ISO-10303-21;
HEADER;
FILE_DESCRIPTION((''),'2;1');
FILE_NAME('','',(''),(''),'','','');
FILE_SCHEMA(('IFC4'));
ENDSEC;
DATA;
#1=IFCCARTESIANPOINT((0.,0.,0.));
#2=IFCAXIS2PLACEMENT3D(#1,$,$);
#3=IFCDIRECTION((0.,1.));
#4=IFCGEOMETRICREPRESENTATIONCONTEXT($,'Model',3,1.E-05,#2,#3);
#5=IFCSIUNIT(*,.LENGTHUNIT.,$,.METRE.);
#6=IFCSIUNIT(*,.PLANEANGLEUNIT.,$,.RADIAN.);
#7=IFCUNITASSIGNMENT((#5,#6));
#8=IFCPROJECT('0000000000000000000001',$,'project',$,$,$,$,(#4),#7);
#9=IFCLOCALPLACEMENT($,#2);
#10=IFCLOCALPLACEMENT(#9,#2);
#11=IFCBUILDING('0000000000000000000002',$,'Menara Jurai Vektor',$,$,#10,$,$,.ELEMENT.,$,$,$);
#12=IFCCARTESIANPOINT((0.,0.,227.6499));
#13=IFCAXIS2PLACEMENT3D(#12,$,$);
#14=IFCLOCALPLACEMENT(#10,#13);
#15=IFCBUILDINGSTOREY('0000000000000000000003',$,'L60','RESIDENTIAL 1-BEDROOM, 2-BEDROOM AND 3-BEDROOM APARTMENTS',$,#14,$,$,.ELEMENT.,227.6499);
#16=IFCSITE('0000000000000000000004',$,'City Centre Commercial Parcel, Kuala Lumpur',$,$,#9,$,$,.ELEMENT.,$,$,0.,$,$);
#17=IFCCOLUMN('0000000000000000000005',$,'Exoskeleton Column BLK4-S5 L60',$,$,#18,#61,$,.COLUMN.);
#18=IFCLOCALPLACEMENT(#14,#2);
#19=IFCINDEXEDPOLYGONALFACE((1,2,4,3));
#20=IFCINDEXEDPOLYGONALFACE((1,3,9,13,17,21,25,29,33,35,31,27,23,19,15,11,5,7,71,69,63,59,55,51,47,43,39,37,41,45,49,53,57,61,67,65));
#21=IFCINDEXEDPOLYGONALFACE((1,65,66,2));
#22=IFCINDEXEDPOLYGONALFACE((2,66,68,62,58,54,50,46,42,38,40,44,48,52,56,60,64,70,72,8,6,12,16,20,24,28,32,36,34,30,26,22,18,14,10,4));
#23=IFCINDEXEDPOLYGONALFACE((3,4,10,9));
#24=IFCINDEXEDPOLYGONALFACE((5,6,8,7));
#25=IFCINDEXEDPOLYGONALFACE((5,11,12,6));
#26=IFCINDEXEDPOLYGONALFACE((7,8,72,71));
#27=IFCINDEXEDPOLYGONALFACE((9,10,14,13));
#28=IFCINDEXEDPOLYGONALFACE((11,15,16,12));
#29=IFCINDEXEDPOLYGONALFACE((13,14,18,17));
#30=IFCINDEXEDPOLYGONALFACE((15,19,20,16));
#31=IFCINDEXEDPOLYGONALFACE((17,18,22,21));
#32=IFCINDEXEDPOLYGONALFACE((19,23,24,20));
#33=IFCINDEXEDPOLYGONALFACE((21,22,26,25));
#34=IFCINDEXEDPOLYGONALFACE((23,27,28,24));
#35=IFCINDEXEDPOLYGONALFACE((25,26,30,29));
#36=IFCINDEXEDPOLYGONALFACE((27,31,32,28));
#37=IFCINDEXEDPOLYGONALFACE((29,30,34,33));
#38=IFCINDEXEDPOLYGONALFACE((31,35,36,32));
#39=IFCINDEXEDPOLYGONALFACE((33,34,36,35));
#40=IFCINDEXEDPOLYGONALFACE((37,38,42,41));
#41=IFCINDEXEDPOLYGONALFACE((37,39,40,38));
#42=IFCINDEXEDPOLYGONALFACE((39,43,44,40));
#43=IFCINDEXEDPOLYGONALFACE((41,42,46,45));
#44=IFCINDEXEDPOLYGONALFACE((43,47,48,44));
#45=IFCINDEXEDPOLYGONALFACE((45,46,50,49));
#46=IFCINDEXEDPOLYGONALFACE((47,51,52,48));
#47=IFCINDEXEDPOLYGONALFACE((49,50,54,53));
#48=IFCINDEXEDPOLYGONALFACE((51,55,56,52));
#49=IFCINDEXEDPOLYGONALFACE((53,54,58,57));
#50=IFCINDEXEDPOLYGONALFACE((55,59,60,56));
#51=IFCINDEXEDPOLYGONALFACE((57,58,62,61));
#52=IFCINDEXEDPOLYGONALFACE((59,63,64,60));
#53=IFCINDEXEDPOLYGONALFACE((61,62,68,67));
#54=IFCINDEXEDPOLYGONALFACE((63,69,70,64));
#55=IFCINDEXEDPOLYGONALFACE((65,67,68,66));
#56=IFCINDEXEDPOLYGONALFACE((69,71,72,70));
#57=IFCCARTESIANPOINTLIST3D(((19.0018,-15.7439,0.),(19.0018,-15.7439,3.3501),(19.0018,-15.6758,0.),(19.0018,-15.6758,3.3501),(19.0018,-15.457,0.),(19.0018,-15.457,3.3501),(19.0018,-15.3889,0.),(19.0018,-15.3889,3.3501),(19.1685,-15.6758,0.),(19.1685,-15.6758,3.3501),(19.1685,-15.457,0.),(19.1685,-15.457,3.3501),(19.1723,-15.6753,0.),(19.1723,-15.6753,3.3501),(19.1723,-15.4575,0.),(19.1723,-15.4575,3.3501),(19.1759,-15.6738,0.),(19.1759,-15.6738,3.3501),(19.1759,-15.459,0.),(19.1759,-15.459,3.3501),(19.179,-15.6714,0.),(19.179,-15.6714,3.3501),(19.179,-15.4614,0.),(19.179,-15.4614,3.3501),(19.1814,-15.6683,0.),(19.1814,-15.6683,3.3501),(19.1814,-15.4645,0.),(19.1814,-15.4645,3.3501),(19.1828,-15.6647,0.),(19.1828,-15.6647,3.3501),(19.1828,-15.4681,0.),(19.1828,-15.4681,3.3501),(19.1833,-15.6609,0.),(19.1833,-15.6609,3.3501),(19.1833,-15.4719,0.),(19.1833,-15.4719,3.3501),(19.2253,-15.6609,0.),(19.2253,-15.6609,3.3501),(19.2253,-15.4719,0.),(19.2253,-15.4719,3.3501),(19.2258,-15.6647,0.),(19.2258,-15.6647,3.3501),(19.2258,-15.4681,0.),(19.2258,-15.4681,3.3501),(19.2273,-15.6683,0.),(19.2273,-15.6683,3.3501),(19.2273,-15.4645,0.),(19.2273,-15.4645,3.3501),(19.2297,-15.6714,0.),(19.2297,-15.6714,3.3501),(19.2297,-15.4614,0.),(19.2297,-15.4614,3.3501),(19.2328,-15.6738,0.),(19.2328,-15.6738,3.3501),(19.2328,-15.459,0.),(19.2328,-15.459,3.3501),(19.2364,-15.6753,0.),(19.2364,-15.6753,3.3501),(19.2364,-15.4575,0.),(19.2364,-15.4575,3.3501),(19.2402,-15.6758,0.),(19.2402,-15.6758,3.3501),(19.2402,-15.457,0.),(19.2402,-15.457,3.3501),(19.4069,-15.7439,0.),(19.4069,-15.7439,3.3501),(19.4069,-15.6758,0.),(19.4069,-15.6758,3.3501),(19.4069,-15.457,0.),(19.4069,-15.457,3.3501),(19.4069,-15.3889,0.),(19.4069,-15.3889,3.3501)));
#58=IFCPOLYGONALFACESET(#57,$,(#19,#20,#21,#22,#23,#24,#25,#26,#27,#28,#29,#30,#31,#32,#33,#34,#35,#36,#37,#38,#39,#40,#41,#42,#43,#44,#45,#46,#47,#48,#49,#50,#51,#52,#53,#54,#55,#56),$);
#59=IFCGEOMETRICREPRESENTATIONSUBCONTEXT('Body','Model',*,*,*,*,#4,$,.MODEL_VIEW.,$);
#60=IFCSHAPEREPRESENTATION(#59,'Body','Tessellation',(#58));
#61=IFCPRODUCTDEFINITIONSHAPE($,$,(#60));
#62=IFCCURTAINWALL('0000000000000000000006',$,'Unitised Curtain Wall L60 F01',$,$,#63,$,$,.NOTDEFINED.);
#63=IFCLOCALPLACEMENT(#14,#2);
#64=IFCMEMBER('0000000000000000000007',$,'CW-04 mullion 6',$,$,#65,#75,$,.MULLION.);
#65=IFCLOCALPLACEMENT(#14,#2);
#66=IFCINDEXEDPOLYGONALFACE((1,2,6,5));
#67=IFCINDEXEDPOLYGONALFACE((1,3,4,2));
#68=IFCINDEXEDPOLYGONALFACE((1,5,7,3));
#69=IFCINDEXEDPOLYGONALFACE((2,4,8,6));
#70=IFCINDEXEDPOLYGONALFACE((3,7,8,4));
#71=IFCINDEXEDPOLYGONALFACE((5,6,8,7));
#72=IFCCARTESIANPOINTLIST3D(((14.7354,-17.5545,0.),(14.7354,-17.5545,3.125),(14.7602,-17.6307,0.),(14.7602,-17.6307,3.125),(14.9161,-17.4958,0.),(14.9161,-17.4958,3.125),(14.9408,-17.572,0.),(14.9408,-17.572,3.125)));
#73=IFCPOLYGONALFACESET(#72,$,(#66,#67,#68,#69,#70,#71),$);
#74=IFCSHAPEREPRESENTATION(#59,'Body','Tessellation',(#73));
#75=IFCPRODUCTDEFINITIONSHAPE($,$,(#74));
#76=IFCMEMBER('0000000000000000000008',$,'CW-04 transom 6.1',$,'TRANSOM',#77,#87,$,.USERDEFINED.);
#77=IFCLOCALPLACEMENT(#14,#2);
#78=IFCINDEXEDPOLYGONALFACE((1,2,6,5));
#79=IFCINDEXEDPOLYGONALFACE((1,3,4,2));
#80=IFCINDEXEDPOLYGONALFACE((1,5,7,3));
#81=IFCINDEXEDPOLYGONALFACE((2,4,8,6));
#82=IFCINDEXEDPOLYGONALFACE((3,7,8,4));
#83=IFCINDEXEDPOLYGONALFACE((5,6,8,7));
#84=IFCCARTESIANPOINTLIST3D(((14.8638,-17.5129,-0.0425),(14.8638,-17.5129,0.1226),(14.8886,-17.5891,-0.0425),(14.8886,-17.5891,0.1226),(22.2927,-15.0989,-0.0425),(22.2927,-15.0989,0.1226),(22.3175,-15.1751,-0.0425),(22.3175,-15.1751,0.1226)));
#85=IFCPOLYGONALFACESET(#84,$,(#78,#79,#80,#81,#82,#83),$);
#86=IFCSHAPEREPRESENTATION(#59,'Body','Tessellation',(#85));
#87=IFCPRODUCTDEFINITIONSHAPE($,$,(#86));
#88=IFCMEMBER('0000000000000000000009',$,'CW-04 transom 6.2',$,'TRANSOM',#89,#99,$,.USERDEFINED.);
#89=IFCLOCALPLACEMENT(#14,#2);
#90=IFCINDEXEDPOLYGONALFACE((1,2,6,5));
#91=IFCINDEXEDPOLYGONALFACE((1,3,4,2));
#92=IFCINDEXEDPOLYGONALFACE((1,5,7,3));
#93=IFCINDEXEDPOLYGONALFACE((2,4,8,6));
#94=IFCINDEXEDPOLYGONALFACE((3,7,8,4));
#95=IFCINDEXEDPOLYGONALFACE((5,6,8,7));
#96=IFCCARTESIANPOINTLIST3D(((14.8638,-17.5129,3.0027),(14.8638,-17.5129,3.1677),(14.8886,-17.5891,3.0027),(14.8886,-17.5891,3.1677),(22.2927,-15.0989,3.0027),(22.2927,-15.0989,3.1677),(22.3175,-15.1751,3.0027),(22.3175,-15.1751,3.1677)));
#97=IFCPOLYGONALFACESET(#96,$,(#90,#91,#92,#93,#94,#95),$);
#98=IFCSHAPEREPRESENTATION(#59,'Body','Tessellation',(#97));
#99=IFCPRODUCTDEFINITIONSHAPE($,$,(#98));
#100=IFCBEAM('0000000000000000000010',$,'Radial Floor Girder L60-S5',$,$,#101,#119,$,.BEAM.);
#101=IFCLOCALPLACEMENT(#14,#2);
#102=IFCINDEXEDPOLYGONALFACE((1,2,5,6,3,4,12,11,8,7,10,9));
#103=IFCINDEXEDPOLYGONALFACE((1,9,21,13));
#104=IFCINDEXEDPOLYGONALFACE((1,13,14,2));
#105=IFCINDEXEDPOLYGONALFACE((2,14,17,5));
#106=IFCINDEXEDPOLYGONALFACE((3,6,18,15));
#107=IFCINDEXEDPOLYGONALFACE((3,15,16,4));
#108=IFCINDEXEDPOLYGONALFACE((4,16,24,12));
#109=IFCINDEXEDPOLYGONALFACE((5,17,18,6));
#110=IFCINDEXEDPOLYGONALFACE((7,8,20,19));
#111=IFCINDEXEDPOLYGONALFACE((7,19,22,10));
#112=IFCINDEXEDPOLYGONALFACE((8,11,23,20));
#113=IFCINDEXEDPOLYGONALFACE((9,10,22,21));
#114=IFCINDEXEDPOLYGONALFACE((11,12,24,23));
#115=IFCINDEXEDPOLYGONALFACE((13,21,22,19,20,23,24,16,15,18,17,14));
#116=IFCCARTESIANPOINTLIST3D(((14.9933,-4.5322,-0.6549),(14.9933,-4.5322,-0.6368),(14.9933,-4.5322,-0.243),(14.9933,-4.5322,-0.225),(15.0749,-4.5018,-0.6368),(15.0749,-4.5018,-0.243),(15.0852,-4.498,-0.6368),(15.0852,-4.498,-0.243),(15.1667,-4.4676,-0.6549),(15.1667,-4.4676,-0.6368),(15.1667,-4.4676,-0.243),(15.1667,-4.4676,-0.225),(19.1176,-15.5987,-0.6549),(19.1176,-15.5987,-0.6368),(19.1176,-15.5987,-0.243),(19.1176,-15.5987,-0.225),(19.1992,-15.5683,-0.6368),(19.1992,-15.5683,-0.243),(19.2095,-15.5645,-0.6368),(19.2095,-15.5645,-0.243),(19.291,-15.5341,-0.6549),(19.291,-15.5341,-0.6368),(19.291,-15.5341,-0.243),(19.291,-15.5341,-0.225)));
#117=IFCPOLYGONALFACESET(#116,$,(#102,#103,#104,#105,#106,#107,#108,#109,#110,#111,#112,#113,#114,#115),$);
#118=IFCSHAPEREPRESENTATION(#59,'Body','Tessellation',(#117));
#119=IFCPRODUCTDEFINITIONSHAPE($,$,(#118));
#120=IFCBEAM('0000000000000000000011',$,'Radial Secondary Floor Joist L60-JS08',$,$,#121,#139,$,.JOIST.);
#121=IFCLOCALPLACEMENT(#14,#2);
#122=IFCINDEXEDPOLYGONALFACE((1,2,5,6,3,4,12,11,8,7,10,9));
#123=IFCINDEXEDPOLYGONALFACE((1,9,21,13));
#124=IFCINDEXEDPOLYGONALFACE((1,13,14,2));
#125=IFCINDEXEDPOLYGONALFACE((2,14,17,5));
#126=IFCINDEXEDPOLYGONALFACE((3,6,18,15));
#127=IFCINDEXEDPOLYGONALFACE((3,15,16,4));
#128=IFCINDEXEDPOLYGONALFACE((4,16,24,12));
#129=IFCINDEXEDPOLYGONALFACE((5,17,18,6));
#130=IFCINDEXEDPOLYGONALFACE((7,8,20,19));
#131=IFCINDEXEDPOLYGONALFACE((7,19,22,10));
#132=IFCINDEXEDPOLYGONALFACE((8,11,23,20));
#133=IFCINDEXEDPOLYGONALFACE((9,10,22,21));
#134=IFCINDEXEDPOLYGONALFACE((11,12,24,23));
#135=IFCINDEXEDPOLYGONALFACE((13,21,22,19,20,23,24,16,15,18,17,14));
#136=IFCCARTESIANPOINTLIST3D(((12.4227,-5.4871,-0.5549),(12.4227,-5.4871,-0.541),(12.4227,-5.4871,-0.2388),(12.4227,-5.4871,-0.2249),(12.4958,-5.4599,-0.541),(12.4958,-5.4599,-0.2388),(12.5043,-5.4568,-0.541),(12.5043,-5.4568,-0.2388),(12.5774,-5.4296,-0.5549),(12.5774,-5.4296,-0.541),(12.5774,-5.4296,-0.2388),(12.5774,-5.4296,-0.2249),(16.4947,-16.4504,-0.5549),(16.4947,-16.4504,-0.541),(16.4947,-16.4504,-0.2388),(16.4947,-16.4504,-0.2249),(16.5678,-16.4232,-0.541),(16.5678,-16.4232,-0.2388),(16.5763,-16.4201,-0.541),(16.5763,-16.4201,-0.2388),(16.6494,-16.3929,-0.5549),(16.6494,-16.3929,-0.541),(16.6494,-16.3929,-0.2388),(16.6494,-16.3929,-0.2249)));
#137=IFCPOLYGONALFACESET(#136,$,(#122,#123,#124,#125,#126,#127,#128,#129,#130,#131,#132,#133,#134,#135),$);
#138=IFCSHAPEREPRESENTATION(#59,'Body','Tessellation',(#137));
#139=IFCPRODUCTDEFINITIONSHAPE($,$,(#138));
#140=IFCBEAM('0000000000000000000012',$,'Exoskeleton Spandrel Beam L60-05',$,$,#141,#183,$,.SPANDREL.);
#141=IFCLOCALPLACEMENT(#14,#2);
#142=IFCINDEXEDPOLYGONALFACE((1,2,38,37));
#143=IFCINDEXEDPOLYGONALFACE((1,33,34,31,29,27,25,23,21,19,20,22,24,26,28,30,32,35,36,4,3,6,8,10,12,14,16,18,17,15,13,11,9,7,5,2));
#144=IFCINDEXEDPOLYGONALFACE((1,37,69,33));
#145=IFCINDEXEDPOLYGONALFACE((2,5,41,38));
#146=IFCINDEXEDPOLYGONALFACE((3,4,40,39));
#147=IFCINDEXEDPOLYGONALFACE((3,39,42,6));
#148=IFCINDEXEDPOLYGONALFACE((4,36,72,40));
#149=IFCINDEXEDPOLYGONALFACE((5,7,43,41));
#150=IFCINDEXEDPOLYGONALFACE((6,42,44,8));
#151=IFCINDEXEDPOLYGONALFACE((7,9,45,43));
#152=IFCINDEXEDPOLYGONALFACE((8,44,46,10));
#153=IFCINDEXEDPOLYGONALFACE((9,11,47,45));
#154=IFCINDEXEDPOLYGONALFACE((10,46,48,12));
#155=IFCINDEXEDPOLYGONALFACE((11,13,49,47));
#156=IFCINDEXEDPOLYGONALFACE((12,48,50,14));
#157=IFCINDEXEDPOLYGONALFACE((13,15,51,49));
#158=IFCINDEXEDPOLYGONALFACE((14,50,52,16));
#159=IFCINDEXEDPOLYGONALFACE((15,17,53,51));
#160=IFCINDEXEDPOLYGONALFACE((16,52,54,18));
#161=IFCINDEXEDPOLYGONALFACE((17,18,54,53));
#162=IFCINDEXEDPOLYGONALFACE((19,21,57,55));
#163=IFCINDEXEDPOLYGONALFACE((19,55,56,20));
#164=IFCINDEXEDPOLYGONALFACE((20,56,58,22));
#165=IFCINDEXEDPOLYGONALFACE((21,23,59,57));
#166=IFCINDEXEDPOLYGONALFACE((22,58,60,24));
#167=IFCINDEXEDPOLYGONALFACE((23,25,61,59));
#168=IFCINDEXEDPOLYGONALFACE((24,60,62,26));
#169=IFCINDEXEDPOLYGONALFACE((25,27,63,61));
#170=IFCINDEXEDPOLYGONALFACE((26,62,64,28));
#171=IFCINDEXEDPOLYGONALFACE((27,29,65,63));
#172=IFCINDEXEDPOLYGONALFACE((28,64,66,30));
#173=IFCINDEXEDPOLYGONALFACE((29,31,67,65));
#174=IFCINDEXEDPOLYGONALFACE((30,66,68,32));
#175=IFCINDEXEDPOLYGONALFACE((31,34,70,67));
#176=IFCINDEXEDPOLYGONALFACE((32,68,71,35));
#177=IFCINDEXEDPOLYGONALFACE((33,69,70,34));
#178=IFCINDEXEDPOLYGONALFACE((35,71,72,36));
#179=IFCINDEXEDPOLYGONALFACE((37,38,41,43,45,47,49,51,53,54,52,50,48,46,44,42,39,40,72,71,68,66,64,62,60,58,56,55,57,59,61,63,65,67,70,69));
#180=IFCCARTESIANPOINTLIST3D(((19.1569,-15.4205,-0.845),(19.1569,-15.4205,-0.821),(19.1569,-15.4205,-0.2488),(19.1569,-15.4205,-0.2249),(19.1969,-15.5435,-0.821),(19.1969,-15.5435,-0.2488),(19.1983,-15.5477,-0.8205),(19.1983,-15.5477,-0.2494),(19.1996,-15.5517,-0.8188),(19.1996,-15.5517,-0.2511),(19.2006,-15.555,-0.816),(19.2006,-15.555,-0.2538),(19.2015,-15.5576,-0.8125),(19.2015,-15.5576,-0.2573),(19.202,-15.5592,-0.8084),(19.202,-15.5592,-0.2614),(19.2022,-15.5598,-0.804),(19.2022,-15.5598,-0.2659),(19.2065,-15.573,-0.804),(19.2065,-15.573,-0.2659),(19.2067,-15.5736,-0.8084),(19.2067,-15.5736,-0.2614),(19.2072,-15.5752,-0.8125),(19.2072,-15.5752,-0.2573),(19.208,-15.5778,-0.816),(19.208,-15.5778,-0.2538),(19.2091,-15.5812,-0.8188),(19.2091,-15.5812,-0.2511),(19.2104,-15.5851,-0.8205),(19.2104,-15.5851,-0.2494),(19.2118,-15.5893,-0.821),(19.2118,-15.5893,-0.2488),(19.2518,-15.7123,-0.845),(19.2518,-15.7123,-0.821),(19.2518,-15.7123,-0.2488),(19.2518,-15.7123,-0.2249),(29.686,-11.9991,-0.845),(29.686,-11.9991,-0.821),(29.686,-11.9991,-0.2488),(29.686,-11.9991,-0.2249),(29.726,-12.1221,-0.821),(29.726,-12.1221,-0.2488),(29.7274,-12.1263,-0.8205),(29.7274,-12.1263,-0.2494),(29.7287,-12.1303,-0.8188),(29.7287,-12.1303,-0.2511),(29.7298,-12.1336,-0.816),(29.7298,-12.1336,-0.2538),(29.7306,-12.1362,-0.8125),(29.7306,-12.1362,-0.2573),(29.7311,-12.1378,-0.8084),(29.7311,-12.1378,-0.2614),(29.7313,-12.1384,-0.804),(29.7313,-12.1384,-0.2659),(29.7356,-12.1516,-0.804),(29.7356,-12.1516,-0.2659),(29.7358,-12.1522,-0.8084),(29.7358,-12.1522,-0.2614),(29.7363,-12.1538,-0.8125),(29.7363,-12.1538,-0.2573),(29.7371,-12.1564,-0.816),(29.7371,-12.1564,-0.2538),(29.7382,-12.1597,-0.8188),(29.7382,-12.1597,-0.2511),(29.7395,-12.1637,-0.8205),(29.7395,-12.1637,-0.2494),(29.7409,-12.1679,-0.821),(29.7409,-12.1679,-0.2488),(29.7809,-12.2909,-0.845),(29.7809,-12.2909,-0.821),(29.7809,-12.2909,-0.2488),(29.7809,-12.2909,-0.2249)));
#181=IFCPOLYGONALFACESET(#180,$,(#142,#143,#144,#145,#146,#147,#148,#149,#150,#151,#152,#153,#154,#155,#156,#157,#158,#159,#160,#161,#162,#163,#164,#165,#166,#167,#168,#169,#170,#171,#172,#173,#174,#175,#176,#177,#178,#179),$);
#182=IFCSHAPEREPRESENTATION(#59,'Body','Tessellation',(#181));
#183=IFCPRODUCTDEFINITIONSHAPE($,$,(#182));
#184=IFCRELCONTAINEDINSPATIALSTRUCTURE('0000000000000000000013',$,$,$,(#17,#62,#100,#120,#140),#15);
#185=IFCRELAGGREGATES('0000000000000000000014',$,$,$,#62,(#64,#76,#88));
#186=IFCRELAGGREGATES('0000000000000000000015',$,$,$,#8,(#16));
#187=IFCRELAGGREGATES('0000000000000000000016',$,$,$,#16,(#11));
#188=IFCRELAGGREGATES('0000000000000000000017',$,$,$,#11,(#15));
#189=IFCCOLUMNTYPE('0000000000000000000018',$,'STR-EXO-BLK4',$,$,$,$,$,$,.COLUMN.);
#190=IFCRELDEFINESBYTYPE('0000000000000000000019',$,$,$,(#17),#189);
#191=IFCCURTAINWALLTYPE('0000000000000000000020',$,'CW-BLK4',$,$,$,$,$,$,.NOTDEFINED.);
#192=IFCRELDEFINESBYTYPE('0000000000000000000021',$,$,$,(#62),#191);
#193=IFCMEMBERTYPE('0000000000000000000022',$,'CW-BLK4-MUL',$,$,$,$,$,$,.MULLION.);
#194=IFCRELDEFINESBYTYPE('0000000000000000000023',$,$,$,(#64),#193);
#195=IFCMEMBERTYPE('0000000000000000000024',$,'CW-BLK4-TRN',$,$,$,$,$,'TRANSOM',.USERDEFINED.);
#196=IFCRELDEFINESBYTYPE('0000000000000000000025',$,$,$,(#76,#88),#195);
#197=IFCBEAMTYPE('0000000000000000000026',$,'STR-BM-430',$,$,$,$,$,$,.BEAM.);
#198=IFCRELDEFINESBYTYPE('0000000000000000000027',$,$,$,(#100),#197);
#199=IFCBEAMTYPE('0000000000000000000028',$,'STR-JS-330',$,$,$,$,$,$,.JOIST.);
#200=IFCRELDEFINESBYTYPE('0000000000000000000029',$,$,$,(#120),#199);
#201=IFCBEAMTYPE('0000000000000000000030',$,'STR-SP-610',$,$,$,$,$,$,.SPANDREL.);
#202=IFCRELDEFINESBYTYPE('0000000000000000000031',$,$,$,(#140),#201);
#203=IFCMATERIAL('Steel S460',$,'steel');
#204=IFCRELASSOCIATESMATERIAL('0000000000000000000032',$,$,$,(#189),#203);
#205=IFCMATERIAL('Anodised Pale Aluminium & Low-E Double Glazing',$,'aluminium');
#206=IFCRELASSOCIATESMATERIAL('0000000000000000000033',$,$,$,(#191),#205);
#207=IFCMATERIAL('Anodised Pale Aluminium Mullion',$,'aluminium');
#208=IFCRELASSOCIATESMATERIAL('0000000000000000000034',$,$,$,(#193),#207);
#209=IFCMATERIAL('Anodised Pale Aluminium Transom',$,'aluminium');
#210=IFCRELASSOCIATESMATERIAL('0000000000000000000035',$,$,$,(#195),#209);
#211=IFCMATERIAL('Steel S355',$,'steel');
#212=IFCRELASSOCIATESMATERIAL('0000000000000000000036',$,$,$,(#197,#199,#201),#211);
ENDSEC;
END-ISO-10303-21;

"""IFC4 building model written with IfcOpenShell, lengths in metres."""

from ifc_helpers import new_model, si_unit, direction, frame, origin, origin_2d, place, context, subcontext, project, spatial, rectangle, i_section, extrude, material, material_profile, profile_set, type_object, element, aggregate, save


model = new_model("IFC4")

# Units and contexts
model_context = context("Model", 3, precision=1e-05, world=origin(), true_north=direction((0.0, 1.0)))
body_context = subcontext(model_context, "Body", "Model", "MODEL_VIEW")
ifc_project = project(units=[si_unit("LENGTHUNIT", "METRE"), si_unit("PLANEANGLEUNIT", "RADIAN")], contexts=[model_context])

# Site, building, storey
site_placement = place(None, origin())
site = spatial("IfcSite", under=ifc_project, at=site_placement, Name="City Centre Commercial Parcel, Kuala Lumpur", CompositionType="ELEMENT", RefElevation=0.0)
building_placement = place(site_placement, origin())
building = spatial("IfcBuilding", under=site, at=building_placement, Name="Menara Jurai Vektor", CompositionType="ELEMENT")
storey_placement = place(building_placement, frame((0.0, 0.0, 227.6499)))
storey = spatial("IfcBuildingStorey", under=building, at=storey_placement, Name="L60", Description="RESIDENTIAL 1-BEDROOM, 2-BEDROOM AND 3-BEDROOM APARTMENTS", CompositionType="ELEMENT", Elevation=227.6499)

# Column
ifc_material_1 = material(Name="Steel S460", Category="steel")
ifc_material_profile_1 = material_profile(ifc_material_1, i_section(OverallWidth=0.405, OverallDepth=0.355, WebThickness=0.042, FlangeThickness=0.0681, FilletRadius=0.0149, at=origin_2d()), Name="HD 400x551")
ifc_profile_set_1 = profile_set([ifc_material_profile_1], Name="Steel S460")
column_type = type_object("IfcColumnType", Name="STR-EXO-BLK4", PredefinedType="COLUMN", material=ifc_profile_set_1)
column_placement = place(storey_placement, frame((19.2043, -15.5664, 0.0), z_axis=(0.0, 0.0, 1.0), x_axis=(1.0, 0.0, 0.0)))
element("IfcColumn", 1, at=column_placement, inside=storey, type_object=column_type, Name="Exoskeleton Column BLK4-S5 L60", PredefinedType="COLUMN", context=body_context, shape_type="SweptSolid", body=[
    extrude(i_section(OverallWidth=0.405, OverallDepth=0.355, WebThickness=0.042, FlangeThickness=0.0681, FilletRadius=0.0149, at=origin_2d()), origin(), (0.0, 0.0, 1.0), 3.3501),
])

# Curtain wall, members
ifc_material_2 = material(Name="Anodised Pale Aluminium & Low-E Double Glazing", Category="aluminium")
curtain_wall_type = type_object("IfcCurtainWallType", Name="CW-BLK4", PredefinedType="NOTDEFINED", material=ifc_material_2)
curtain_wall_placement = place(storey_placement, origin())
curtain_wall = element("IfcCurtainWall", 2, at=curtain_wall_placement, inside=storey, type_object=curtain_wall_type, Name="Unitised Curtain Wall L60 F01", PredefinedType="NOTDEFINED")
ifc_material_3 = material(Name="Anodised Pale Aluminium Mullion", Category="aluminium")
ifc_material_profile_2 = material_profile(ifc_material_3, rectangle(XDim=0.0801, YDim=0.1899, at=origin_2d()), Name="ALU MUL 80x190")
ifc_profile_set_2 = profile_set([ifc_material_profile_2], Name="Anodised Pale Aluminium Mullion")
member_type_1 = type_object("IfcMemberType", Name="CW-BLK4-MUL", PredefinedType="MULLION", material=ifc_profile_set_2)
member_1_placement = place(storey_placement, frame((14.8381, -17.5632, 0.0), z_axis=(0.0, 0.0, 1.0), x_axis=(-0.309017, 0.951056, 0.0)))
member_1 = element("IfcMember", 3, at=member_1_placement, type_object=member_type_1, Name="CW-04 mullion 6", PredefinedType="MULLION", context=body_context, shape_type="SweptSolid", body=[
    extrude(rectangle(XDim=0.0801, YDim=0.1899, at=origin_2d()), origin(), (0.0, 0.0, 1.0), 3.125),
])
ifc_material_4 = material(Name="Anodised Pale Aluminium Transom", Category="aluminium")
ifc_material_profile_3 = material_profile(ifc_material_4, rectangle(XDim=0.0801, YDim=0.165, at=origin_2d()), Name="ALU TRN 80x165")
ifc_profile_set_3 = profile_set([ifc_material_profile_3], Name="Anodised Pale Aluminium Transom")
member_type_2 = type_object("IfcMemberType", Name="CW-BLK4-TRN", ElementType="TRANSOM", PredefinedType="USERDEFINED", material=ifc_profile_set_3)
member_2_placement = place(storey_placement, frame((14.8762, -17.551, 0.04), z_axis=(0.951047, 0.309046, 0.0), x_axis=(-0.309046, 0.951047, 0.0)))
member_2 = element("IfcMember", 4, at=member_2_placement, type_object=member_type_2, Name="CW-04 transom 6.1", ObjectType="TRANSOM", PredefinedType="USERDEFINED", context=body_context, shape_type="SweptSolid", body=[
    extrude(rectangle(XDim=0.0801, YDim=0.165, at=origin_2d()), origin(), (0.0, 0.0, 1.0), 7.8113),
])
member_3_placement = place(storey_placement, frame((14.8762, -17.551, 3.0852), z_axis=(0.951047, 0.309046, 0.0), x_axis=(-0.309046, 0.951047, 0.0)))
member_3 = element("IfcMember", 5, at=member_3_placement, type_object=member_type_2, Name="CW-04 transom 6.2", ObjectType="TRANSOM", PredefinedType="USERDEFINED", context=body_context, shape_type="SweptSolid", body=[
    extrude(rectangle(XDim=0.0801, YDim=0.165, at=origin_2d()), origin(), (0.0, 0.0, 1.0), 7.8113),
])

# Beams
ifc_material_5 = material(Name="Steel S355", Category="steel")
ifc_material_profile_4 = material_profile(ifc_material_5, i_section(OverallWidth=0.1851, OverallDepth=0.4299, WebThickness=0.011, FlangeThickness=0.0181, at=origin_2d()), Name="PG 430x185x76")
ifc_profile_set_4 = profile_set([ifc_material_profile_4], Name="Steel S355")
beam_type_1 = type_object("IfcBeamType", Name="STR-BM-430", PredefinedType="BEAM", material=ifc_profile_set_4)
beam_1_placement = place(storey_placement, frame((19.2043, -15.5664, -0.4399), z_axis=(-0.34922, 0.937041, 0.0), x_axis=(-0.937041, -0.34922, 0.0)))
element("IfcBeam", 6, at=beam_1_placement, inside=storey, type_object=beam_type_1, Name="Radial Floor Girder L60-S5", PredefinedType="BEAM", context=body_context, shape_type="SweptSolid", body=[
    extrude(i_section(OverallWidth=0.1851, OverallDepth=0.4299, WebThickness=0.011, FlangeThickness=0.0181, at=origin_2d()), origin(), (0.0, 0.0, 1.0), 11.8101),
])
ifc_material_profile_5 = material_profile(ifc_material_5, i_section(OverallWidth=0.165, OverallDepth=0.3301, WebThickness=0.009, FlangeThickness=0.0139, at=origin_2d()), Name="PG 330x165x46")
ifc_profile_set_5 = profile_set([ifc_material_profile_5], Name="Steel S355")
beam_type_2 = type_object("IfcBeamType", Name="STR-JS-330", PredefinedType="JOIST", material=ifc_profile_set_5)
beam_2_placement = place(storey_placement, frame((16.572, -16.4216, -0.3899), z_axis=(-0.34818, 0.937428, 0.0), x_axis=(-0.937428, -0.34818, 0.0)))
element("IfcBeam", 7, at=beam_2_placement, inside=storey, type_object=beam_type_2, Name="Radial Secondary Floor Joist L60-JS08", PredefinedType="JOIST", context=body_context, shape_type="SweptSolid", body=[
    extrude(i_section(OverallWidth=0.165, OverallDepth=0.3301, WebThickness=0.009, FlangeThickness=0.0139, at=origin_2d()), origin(), (0.0, 0.0, 1.0), 11.6951),
])
ifc_material_profile_6 = material_profile(ifc_material_5, i_section(OverallWidth=0.3069, OverallDepth=0.6201, WebThickness=0.0139, FlangeThickness=0.0239, FilletRadius=0.0171, at=origin_2d()), Name="UKB 610x305x179")
ifc_profile_set_6 = profile_set([ifc_material_profile_6], Name="Steel S355")
beam_type_3 = type_object("IfcBeamType", Name="STR-SP-610", PredefinedType="SPANDREL", material=ifc_profile_set_6)
beam_3_placement = place(storey_placement, frame((19.2043, -15.5664, -0.5349), z_axis=(0.951049, 0.309041, 0.0), x_axis=(-0.309041, 0.951049, 0.0)))
element("IfcBeam", 8, at=beam_3_placement, inside=storey, type_object=beam_type_3, Name="Exoskeleton Spandrel Beam L60-05", PredefinedType="SPANDREL", context=body_context, shape_type="SweptSolid", body=[
    extrude(i_section(OverallWidth=0.3069, OverallDepth=0.6201, WebThickness=0.0139, FlangeThickness=0.0239, FilletRadius=0.0171, at=origin_2d()), origin(), (0.0, 0.0, 1.0), 11.071),
])

aggregate(curtain_wall, [member_1, member_2, member_3])

save(model, "model.ifc")
